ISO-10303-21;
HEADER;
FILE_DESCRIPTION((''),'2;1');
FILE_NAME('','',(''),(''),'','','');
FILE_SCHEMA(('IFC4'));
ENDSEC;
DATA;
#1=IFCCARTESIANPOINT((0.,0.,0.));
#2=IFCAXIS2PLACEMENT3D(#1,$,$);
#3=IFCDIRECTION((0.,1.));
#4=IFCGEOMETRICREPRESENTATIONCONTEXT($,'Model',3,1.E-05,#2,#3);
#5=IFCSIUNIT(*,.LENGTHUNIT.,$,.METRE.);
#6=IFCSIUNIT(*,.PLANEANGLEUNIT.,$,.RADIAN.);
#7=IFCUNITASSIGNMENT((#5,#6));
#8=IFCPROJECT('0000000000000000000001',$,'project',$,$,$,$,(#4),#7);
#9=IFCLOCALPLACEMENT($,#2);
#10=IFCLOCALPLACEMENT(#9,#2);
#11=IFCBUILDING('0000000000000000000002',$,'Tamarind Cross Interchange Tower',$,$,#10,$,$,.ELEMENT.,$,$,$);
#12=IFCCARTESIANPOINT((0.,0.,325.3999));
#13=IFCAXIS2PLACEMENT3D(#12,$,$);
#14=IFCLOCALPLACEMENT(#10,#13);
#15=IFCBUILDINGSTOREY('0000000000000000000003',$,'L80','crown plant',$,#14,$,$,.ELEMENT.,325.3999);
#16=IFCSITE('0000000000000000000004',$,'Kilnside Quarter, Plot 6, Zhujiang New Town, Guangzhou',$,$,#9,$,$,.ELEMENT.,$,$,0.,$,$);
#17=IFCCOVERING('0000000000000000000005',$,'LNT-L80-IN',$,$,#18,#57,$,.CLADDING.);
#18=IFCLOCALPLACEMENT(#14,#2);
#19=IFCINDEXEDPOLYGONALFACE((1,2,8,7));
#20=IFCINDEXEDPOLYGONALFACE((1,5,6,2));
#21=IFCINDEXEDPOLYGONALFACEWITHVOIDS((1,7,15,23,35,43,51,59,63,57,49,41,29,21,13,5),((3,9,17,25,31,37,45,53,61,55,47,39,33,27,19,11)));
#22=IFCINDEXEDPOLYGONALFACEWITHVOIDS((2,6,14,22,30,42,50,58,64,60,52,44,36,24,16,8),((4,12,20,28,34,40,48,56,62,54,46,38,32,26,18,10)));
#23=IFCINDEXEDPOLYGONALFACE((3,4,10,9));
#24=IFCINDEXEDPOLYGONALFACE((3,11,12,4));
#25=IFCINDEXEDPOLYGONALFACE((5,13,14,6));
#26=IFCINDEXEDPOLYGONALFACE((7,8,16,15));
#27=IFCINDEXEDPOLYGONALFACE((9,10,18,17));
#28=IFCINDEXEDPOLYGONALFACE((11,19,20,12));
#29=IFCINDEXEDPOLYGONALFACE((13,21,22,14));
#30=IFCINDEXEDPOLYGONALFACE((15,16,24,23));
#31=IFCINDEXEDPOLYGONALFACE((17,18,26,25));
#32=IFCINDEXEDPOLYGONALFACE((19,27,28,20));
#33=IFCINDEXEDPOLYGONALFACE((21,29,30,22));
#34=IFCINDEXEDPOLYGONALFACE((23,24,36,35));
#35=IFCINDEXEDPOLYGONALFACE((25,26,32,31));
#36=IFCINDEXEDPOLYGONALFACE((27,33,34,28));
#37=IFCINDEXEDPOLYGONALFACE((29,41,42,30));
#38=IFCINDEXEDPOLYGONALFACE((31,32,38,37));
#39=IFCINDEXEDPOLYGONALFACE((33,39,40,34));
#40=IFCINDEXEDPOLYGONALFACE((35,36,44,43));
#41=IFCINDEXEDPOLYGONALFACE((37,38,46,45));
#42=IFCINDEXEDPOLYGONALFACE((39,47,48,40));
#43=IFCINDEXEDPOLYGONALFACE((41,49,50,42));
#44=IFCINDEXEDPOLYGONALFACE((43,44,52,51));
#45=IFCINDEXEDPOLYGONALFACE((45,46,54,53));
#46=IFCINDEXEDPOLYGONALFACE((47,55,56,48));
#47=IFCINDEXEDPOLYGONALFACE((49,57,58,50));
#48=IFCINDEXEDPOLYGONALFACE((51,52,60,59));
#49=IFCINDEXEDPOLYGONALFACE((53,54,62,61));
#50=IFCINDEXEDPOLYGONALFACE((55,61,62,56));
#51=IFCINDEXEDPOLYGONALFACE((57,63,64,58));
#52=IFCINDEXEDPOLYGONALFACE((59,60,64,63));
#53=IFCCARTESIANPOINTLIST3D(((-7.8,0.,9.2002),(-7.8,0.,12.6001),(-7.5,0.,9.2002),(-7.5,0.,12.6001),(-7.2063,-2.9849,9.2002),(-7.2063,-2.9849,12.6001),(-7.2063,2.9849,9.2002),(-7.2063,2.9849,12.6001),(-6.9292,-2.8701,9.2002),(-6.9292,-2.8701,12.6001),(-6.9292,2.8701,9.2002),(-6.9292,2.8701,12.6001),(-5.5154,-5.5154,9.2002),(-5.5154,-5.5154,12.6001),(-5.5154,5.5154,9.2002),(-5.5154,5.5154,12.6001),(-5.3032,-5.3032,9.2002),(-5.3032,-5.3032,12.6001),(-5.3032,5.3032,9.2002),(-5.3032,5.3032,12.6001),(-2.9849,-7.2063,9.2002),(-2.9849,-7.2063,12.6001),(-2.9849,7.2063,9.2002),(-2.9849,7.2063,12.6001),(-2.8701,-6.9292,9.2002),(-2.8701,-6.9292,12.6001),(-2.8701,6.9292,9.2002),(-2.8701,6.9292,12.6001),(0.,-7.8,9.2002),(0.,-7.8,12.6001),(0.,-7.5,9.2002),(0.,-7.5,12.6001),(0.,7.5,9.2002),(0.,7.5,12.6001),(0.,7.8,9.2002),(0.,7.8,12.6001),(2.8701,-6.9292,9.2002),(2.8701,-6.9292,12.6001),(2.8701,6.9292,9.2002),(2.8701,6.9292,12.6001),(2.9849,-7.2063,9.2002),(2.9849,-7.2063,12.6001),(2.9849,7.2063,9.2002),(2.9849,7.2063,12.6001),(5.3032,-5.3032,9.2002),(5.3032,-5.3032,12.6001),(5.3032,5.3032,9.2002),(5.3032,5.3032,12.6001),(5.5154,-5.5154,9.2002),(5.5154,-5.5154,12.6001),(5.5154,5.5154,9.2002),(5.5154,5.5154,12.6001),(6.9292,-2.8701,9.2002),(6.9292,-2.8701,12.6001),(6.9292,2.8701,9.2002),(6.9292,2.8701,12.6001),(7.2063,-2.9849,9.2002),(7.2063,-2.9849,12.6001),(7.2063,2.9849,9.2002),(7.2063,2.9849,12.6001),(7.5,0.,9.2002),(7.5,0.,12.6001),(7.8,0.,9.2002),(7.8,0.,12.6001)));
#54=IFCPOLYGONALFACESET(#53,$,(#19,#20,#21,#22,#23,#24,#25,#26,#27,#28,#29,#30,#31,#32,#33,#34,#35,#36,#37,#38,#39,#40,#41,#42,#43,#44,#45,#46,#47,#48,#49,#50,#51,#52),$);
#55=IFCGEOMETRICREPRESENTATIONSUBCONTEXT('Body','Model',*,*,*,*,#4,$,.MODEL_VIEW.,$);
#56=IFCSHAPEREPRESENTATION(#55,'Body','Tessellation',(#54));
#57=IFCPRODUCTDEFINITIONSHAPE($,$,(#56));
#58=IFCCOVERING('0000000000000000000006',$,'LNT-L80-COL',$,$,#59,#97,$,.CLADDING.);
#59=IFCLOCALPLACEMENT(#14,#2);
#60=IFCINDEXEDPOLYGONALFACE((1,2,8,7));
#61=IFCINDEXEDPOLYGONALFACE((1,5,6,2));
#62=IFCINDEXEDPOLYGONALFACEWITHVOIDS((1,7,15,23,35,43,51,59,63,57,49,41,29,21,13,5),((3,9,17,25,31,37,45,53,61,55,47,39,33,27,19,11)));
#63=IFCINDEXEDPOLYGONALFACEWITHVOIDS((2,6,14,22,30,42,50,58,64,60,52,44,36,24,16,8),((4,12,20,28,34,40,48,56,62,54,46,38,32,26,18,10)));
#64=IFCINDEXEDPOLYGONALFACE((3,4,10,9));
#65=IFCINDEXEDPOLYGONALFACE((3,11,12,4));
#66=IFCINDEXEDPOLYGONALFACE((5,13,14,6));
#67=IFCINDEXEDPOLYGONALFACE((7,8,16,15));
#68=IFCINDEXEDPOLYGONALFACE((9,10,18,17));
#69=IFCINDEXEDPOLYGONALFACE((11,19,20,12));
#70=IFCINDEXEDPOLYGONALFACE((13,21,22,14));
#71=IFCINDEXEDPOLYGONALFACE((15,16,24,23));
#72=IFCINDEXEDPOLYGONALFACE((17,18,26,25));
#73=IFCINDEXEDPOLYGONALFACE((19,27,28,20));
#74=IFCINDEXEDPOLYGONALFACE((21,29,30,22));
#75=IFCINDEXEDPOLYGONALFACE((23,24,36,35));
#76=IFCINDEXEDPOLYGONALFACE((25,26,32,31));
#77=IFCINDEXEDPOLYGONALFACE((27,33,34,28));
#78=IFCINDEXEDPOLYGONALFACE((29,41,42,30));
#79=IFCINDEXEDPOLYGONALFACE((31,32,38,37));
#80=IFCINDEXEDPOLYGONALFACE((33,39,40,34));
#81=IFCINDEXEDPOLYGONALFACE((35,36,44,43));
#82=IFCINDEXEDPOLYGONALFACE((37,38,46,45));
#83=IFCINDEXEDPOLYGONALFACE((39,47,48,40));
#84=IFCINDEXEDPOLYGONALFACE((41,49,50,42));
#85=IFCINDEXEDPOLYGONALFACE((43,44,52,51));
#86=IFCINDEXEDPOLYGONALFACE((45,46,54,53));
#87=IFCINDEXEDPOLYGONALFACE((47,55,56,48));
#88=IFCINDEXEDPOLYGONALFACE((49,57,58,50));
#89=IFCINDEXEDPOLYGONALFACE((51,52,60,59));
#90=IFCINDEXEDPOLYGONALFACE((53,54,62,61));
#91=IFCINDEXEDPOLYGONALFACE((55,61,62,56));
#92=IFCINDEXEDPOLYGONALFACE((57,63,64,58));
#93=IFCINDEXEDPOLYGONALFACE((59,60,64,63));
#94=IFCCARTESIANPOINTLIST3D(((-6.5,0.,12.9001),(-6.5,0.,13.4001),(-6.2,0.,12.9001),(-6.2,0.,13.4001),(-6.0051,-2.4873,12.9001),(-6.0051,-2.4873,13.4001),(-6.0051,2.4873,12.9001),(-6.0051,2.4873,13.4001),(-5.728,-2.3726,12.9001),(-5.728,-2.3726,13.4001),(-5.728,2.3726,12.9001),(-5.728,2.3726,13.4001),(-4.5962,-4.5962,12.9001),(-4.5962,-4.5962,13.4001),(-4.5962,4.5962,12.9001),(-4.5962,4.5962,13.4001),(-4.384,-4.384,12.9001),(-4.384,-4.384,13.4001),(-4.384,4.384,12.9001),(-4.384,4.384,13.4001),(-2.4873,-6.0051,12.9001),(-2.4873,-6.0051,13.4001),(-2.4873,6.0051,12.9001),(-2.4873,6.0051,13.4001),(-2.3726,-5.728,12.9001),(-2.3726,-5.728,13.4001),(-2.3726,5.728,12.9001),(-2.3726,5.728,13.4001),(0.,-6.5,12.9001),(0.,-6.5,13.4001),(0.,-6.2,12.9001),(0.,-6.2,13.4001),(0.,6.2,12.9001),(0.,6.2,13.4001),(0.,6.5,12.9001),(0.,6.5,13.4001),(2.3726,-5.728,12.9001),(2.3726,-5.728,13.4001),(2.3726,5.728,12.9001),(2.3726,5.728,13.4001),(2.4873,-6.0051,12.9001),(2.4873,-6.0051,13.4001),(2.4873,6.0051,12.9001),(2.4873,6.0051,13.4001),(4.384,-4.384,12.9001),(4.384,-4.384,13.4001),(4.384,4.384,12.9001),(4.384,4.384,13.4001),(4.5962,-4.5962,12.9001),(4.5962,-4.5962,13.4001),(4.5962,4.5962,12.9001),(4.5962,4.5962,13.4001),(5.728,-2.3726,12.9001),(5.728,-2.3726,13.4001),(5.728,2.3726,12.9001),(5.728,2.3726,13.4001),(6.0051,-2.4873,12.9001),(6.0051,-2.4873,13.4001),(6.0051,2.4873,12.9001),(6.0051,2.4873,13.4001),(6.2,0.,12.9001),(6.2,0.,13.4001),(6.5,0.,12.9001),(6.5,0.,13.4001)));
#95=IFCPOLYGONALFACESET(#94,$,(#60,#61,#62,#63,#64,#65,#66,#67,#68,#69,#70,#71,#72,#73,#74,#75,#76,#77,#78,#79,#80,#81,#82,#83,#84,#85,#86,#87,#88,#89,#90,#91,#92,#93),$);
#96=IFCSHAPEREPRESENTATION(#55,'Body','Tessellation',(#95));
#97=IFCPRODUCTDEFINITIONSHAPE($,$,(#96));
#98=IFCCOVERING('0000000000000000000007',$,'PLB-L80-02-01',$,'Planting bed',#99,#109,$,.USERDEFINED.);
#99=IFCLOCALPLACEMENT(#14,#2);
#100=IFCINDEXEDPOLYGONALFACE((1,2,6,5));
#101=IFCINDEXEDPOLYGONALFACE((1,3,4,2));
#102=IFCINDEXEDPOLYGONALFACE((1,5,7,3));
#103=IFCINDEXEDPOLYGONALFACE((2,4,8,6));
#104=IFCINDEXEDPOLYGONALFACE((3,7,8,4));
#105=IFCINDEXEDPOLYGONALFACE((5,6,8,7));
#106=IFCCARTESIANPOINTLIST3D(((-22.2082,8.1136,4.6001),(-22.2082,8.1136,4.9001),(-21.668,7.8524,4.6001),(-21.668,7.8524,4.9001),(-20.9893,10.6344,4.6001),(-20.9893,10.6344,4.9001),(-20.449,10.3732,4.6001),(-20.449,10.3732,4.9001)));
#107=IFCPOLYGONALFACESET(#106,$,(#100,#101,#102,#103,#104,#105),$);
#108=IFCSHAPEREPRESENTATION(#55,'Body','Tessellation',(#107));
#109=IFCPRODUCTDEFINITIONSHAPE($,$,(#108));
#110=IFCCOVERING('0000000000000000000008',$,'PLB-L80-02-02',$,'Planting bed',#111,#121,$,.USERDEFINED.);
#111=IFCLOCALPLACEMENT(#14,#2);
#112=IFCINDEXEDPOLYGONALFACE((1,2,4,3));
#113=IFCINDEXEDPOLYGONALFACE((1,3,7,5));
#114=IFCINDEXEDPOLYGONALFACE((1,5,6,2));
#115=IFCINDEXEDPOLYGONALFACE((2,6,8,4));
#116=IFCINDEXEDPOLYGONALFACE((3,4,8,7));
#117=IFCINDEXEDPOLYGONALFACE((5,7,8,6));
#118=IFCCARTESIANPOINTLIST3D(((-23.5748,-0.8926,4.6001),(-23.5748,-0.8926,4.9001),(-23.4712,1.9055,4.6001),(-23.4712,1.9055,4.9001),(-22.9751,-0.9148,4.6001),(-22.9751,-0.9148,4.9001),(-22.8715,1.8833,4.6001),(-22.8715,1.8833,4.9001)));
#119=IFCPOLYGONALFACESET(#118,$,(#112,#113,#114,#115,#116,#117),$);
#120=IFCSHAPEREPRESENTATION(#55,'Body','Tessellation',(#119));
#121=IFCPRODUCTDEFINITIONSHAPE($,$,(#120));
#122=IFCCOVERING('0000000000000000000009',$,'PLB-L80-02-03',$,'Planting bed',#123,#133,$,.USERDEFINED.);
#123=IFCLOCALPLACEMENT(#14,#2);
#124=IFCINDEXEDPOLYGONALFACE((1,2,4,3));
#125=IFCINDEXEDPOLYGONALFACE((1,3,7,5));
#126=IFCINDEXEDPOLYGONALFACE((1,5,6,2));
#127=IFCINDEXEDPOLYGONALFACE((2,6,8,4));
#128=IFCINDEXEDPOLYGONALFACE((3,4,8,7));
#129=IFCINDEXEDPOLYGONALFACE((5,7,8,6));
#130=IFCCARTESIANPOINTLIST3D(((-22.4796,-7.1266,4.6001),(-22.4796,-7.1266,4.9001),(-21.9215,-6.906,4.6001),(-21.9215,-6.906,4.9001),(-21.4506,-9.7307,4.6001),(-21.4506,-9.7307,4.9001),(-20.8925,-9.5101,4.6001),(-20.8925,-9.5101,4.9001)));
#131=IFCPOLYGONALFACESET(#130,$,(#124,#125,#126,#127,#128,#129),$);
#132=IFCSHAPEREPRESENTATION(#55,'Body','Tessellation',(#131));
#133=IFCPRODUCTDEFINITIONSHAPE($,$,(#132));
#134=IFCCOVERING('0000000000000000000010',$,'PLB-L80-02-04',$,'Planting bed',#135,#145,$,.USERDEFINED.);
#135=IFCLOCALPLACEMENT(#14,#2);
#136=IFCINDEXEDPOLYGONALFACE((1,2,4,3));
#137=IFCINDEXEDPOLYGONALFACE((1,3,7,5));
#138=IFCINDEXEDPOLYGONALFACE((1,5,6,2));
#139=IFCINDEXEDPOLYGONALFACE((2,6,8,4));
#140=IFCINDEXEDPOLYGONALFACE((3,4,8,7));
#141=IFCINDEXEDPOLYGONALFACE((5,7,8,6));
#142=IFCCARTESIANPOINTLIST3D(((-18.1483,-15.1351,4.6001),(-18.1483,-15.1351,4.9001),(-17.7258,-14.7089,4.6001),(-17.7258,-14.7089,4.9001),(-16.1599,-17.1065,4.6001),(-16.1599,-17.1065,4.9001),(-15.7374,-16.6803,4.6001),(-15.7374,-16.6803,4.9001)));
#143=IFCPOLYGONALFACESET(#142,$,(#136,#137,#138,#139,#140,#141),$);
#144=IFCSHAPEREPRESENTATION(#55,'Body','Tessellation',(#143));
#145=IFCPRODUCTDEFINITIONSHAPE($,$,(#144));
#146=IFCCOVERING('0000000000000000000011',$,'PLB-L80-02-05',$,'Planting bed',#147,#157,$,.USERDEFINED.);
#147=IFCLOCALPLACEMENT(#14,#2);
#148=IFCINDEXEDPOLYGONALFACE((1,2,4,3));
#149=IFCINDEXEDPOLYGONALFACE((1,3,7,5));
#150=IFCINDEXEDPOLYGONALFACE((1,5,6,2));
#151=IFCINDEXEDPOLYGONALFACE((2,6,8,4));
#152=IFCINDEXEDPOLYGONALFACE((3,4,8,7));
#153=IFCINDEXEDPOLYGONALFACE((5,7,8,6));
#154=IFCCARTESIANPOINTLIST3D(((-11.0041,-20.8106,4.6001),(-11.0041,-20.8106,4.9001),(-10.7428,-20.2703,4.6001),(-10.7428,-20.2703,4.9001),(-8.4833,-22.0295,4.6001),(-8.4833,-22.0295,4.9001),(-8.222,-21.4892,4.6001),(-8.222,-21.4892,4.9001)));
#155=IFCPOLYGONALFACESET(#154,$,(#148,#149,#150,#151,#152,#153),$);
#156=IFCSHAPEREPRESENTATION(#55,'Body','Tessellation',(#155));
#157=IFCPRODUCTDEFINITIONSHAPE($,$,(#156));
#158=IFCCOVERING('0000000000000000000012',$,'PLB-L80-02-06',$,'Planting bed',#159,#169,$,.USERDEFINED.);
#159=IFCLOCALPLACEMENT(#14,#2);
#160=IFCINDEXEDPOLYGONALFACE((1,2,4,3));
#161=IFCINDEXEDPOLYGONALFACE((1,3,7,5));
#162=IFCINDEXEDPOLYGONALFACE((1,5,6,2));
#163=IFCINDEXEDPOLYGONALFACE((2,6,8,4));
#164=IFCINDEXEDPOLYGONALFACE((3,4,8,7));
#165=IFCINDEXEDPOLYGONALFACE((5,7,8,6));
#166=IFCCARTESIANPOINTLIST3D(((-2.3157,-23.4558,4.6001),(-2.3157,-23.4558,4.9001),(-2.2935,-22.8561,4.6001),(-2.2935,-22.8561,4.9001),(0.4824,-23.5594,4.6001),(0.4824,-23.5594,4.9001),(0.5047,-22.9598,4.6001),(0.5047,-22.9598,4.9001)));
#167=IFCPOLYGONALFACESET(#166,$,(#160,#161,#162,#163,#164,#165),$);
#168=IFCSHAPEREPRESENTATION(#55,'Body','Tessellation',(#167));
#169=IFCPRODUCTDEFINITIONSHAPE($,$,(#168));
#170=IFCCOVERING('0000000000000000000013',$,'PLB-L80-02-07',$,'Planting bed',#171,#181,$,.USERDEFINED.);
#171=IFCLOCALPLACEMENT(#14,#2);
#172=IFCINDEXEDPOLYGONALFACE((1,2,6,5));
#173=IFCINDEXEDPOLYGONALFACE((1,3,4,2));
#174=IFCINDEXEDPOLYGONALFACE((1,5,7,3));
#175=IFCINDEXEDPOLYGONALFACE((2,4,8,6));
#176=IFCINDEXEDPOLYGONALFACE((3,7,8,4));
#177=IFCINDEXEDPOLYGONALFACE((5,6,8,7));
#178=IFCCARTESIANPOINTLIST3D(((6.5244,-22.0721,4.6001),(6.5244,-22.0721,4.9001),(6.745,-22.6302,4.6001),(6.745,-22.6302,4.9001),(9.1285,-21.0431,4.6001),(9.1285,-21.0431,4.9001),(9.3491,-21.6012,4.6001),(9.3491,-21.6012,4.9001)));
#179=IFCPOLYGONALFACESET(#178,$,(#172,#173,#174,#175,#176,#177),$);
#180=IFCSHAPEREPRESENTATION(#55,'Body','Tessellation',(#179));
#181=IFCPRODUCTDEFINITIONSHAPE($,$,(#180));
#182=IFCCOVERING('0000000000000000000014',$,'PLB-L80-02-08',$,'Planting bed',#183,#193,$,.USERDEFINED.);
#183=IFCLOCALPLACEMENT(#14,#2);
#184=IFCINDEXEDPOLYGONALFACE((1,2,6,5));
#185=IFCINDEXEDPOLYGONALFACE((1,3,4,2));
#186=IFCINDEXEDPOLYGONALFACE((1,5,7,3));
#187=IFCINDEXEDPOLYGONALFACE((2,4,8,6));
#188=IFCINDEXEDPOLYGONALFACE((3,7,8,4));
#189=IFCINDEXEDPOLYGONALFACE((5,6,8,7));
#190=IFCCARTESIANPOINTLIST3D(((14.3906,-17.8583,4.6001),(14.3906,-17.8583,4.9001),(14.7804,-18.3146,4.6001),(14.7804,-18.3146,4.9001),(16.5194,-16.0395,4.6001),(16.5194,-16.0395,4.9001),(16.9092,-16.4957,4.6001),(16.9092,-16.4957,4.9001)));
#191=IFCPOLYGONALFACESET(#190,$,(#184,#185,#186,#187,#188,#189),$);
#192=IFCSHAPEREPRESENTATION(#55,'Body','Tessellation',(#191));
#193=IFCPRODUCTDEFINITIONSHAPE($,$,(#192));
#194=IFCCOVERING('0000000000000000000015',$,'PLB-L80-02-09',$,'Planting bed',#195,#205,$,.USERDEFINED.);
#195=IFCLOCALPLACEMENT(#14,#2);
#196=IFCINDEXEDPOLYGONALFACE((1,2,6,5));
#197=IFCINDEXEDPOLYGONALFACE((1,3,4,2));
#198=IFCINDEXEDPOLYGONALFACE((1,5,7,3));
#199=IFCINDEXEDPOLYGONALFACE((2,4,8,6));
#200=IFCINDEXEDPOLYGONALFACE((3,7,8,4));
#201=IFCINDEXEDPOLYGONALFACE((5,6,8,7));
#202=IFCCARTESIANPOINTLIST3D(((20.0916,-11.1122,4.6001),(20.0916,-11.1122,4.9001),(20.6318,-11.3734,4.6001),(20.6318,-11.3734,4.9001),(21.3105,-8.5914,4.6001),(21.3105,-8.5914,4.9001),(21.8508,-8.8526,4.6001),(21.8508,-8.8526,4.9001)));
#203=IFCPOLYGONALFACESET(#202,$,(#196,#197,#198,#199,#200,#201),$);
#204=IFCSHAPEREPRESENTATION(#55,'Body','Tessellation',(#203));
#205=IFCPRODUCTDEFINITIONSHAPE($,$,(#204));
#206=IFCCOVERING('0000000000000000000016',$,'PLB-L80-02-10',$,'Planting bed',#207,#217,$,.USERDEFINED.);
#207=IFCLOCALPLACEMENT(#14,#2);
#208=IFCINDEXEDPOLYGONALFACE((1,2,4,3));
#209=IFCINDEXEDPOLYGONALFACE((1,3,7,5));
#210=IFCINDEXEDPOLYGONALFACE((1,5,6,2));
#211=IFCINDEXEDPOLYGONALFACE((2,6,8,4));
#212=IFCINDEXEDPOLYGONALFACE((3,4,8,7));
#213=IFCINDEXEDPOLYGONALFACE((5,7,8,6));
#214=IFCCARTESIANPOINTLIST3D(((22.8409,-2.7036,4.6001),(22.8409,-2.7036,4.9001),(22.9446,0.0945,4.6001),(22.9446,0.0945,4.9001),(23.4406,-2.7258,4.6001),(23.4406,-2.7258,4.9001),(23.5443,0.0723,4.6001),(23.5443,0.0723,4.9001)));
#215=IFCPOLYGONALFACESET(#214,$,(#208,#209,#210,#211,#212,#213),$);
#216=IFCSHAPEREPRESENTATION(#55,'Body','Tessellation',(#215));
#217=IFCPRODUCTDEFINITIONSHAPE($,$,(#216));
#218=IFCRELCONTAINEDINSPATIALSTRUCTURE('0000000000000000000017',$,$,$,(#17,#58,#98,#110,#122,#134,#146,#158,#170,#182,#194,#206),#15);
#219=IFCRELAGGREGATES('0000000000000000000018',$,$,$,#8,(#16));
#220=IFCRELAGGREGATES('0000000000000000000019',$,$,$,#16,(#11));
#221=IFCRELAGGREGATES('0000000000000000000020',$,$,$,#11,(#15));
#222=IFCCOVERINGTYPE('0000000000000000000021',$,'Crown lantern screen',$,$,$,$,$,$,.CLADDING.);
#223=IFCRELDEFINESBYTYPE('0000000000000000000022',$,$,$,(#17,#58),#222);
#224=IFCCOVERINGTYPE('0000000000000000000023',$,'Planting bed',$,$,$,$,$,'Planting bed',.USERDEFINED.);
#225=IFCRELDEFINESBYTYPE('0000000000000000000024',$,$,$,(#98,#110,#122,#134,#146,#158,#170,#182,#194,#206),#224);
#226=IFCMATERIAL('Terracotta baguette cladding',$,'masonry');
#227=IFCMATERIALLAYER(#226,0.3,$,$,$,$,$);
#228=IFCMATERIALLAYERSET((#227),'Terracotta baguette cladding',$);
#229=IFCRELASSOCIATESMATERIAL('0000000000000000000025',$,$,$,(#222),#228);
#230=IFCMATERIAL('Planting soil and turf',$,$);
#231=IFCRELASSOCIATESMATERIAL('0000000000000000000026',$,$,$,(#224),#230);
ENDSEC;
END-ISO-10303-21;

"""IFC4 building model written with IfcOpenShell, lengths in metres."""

from ifc_helpers import new_model, si_unit, direction, frame, origin, origin_2d, place, context, subcontext, project, spatial, polyline, rectangle, outline, extrude, material, layer, layer_set, type_object, element, save


model = new_model("IFC4")

# Units and contexts
model_context = context("Model", 3, precision=1e-05, world=origin(), true_north=direction((0.0, 1.0)))
body_context = subcontext(model_context, "Body", "Model", "MODEL_VIEW")
ifc_project = project(units=[si_unit("LENGTHUNIT", "METRE"), si_unit("PLANEANGLEUNIT", "RADIAN")], contexts=[model_context])

# Site, building, storey
site_placement = place(None, origin())
site = spatial("IfcSite", under=ifc_project, at=site_placement, Name="Kilnside Quarter, Plot 6, Zhujiang New Town, Guangzhou", CompositionType="ELEMENT", RefElevation=0.0)
building_placement = place(site_placement, origin())
building = spatial("IfcBuilding", under=site, at=building_placement, Name="Tamarind Cross Interchange Tower", CompositionType="ELEMENT")
storey_placement = place(building_placement, frame((0.0, 0.0, 325.3999)))
storey = spatial("IfcBuildingStorey", under=building, at=storey_placement, Name="L80", Description="crown plant", CompositionType="ELEMENT", Elevation=325.3999)

# Coverings
ifc_material_1 = material(Name="Terracotta baguette cladding", Category="masonry")
ifc_layer = layer(ifc_material_1, 0.3)
ifc_layer_set = layer_set([ifc_layer], Name="Terracotta baguette cladding")
covering_type_1 = type_object("IfcCoveringType", Name="Crown lantern screen", PredefinedType="CLADDING", material=ifc_layer_set)
covering_1_placement = place(storey_placement, frame((0.0, 0.0, 9.2002)))
element("IfcCovering", 1, at=covering_1_placement, inside=storey, type_object=covering_type_1, Name="LNT-L80-IN", PredefinedType="CLADDING", context=body_context, shape_type="SweptSolid", body=[
    extrude(outline(polyline([(7.8, 0.0), (7.2063, 2.9849), (5.5154, 5.5154), (2.9849, 7.2063), (0.0, 7.8), (-2.9849, 7.2063), (-5.5154, 5.5154), (-7.2063, 2.9849), (-7.8, 0.0), (-7.2063, -2.9849), (-5.5154, -5.5154), (-2.9849, -7.2063), (0.0, -7.8), (2.9849, -7.2063), (5.5154, -5.5154), (7.2063, -2.9849), (7.8, 0.0)]), holes=[polyline([(7.5, 0.0), (6.9292, 2.8701), (5.3032, 5.3032), (2.8701, 6.9292), (0.0, 7.5), (-2.8701, 6.9292), (-5.3032, 5.3032), (-6.9292, 2.8701), (-7.5, 0.0), (-6.9292, -2.8701), (-5.3032, -5.3032), (-2.8701, -6.9292), (0.0, -7.5), (2.8701, -6.9292), (5.3032, -5.3032), (6.9292, -2.8701), (7.5, 0.0)])]), origin(), (0.0, 0.0, 1.0), 3.3999),
])
covering_2_placement = place(storey_placement, frame((0.0, 0.0, 12.9001)))
element("IfcCovering", 2, at=covering_2_placement, inside=storey, type_object=covering_type_1, Name="LNT-L80-COL", PredefinedType="CLADDING", context=body_context, shape_type="SweptSolid", body=[
    extrude(outline(polyline([(6.5, 0.0), (6.0051, 2.4873), (4.5962, 4.5962), (2.4873, 6.0051), (0.0, 6.5), (-2.4873, 6.0051), (-4.5962, 4.5962), (-6.0051, 2.4873), (-6.5, 0.0), (-6.0051, -2.4873), (-4.5962, -4.5962), (-2.4873, -6.0051), (0.0, -6.5), (2.4873, -6.0051), (4.5962, -4.5962), (6.0051, -2.4873), (6.5, 0.0)]), holes=[polyline([(6.2, 0.0), (5.728, 2.3726), (4.384, 4.384), (2.3726, 5.728), (0.0, 6.2), (-2.3726, 5.728), (-4.384, 4.384), (-5.728, 2.3726), (-6.2, 0.0), (-5.728, -2.3726), (-4.384, -4.384), (-2.3726, -5.728), (0.0, -6.2), (2.3726, -5.728), (4.384, -4.384), (5.728, -2.3726), (6.2, 0.0)])]), origin(), (0.0, 0.0, 1.0), 0.5),
])
ifc_material_2 = material(Name="Planting soil and turf")
covering_type_2 = type_object("IfcCoveringType", Name="Planting bed", ElementType="Planting bed", PredefinedType="USERDEFINED", material=ifc_material_2)
for number, where, z_axis, x_axis, name in (
    (3, (-21.3286, 9.2434, 4.6001), (0.0, 0.0, 1.0), (-0.435326, -0.900273, 0.0), "PLB-L80-02-01"),
    (4, (-23.2231, 0.4954, 4.6001), (0.0, 0.0, 1.0), (-0.037025, -0.999314, 0.0), "PLB-L80-02-02"),
    (5, (-21.686, -8.3184, 4.6001), (0.0, 0.0, 1.0), (0.367514, -0.930018, 0.0), "PLB-L80-02-03"),
    (6, (-16.9429, -15.9077, 4.6001), (0.0, 0.0, 1.0), (0.710143, -0.704057, 0.0), "PLB-L80-02-04"),
    (7, (-9.613, -21.1499, 4.6001), (0.0, 0.0, 1.0), (0.900273, -0.435326, 0.0), "PLB-L80-02-05"),
    (8, (-0.9055, -23.2078, 4.6001), (0.0, 0.0, 1.0), (0.999314, -0.037025, 0.0), "PLB-L80-02-06"),
    (9, (7.9368, -21.8367, 4.6001), (0.0, 0.0, 1.0), (0.930018, 0.367514, 0.0), "PLB-L80-02-07"),
    (10, (15.6499, -17.177, 4.6001), (0.0, 0.0, 1.0), (0.760296, 0.649577, 0.0), "PLB-L80-02-08"),
    (11, (20.9712, -9.9824, 4.6001), (0.0, 0.0, 1.0), (0.435326, 0.900273, 0.0), "PLB-L80-02-09"),
    (12, (23.1926, -1.3157, 4.6001), (0.0, 0.0, 1.0), (0.037025, 0.999314, 0.0), "PLB-L80-02-10"),
):
    element("IfcCovering", number, at=place(storey_placement, frame(where, z_axis=z_axis, x_axis=x_axis)), inside=storey, type_object=covering_type_2, Name=name, ObjectType="Planting bed", PredefinedType="USERDEFINED", context=body_context, shape_type="SweptSolid", body=[
        extrude(rectangle(XDim=2.8, YDim=0.6001, at=origin_2d()), origin(), (0.0, 0.0, 1.0), 0.3),
    ])

save(model, "model.ifc")
